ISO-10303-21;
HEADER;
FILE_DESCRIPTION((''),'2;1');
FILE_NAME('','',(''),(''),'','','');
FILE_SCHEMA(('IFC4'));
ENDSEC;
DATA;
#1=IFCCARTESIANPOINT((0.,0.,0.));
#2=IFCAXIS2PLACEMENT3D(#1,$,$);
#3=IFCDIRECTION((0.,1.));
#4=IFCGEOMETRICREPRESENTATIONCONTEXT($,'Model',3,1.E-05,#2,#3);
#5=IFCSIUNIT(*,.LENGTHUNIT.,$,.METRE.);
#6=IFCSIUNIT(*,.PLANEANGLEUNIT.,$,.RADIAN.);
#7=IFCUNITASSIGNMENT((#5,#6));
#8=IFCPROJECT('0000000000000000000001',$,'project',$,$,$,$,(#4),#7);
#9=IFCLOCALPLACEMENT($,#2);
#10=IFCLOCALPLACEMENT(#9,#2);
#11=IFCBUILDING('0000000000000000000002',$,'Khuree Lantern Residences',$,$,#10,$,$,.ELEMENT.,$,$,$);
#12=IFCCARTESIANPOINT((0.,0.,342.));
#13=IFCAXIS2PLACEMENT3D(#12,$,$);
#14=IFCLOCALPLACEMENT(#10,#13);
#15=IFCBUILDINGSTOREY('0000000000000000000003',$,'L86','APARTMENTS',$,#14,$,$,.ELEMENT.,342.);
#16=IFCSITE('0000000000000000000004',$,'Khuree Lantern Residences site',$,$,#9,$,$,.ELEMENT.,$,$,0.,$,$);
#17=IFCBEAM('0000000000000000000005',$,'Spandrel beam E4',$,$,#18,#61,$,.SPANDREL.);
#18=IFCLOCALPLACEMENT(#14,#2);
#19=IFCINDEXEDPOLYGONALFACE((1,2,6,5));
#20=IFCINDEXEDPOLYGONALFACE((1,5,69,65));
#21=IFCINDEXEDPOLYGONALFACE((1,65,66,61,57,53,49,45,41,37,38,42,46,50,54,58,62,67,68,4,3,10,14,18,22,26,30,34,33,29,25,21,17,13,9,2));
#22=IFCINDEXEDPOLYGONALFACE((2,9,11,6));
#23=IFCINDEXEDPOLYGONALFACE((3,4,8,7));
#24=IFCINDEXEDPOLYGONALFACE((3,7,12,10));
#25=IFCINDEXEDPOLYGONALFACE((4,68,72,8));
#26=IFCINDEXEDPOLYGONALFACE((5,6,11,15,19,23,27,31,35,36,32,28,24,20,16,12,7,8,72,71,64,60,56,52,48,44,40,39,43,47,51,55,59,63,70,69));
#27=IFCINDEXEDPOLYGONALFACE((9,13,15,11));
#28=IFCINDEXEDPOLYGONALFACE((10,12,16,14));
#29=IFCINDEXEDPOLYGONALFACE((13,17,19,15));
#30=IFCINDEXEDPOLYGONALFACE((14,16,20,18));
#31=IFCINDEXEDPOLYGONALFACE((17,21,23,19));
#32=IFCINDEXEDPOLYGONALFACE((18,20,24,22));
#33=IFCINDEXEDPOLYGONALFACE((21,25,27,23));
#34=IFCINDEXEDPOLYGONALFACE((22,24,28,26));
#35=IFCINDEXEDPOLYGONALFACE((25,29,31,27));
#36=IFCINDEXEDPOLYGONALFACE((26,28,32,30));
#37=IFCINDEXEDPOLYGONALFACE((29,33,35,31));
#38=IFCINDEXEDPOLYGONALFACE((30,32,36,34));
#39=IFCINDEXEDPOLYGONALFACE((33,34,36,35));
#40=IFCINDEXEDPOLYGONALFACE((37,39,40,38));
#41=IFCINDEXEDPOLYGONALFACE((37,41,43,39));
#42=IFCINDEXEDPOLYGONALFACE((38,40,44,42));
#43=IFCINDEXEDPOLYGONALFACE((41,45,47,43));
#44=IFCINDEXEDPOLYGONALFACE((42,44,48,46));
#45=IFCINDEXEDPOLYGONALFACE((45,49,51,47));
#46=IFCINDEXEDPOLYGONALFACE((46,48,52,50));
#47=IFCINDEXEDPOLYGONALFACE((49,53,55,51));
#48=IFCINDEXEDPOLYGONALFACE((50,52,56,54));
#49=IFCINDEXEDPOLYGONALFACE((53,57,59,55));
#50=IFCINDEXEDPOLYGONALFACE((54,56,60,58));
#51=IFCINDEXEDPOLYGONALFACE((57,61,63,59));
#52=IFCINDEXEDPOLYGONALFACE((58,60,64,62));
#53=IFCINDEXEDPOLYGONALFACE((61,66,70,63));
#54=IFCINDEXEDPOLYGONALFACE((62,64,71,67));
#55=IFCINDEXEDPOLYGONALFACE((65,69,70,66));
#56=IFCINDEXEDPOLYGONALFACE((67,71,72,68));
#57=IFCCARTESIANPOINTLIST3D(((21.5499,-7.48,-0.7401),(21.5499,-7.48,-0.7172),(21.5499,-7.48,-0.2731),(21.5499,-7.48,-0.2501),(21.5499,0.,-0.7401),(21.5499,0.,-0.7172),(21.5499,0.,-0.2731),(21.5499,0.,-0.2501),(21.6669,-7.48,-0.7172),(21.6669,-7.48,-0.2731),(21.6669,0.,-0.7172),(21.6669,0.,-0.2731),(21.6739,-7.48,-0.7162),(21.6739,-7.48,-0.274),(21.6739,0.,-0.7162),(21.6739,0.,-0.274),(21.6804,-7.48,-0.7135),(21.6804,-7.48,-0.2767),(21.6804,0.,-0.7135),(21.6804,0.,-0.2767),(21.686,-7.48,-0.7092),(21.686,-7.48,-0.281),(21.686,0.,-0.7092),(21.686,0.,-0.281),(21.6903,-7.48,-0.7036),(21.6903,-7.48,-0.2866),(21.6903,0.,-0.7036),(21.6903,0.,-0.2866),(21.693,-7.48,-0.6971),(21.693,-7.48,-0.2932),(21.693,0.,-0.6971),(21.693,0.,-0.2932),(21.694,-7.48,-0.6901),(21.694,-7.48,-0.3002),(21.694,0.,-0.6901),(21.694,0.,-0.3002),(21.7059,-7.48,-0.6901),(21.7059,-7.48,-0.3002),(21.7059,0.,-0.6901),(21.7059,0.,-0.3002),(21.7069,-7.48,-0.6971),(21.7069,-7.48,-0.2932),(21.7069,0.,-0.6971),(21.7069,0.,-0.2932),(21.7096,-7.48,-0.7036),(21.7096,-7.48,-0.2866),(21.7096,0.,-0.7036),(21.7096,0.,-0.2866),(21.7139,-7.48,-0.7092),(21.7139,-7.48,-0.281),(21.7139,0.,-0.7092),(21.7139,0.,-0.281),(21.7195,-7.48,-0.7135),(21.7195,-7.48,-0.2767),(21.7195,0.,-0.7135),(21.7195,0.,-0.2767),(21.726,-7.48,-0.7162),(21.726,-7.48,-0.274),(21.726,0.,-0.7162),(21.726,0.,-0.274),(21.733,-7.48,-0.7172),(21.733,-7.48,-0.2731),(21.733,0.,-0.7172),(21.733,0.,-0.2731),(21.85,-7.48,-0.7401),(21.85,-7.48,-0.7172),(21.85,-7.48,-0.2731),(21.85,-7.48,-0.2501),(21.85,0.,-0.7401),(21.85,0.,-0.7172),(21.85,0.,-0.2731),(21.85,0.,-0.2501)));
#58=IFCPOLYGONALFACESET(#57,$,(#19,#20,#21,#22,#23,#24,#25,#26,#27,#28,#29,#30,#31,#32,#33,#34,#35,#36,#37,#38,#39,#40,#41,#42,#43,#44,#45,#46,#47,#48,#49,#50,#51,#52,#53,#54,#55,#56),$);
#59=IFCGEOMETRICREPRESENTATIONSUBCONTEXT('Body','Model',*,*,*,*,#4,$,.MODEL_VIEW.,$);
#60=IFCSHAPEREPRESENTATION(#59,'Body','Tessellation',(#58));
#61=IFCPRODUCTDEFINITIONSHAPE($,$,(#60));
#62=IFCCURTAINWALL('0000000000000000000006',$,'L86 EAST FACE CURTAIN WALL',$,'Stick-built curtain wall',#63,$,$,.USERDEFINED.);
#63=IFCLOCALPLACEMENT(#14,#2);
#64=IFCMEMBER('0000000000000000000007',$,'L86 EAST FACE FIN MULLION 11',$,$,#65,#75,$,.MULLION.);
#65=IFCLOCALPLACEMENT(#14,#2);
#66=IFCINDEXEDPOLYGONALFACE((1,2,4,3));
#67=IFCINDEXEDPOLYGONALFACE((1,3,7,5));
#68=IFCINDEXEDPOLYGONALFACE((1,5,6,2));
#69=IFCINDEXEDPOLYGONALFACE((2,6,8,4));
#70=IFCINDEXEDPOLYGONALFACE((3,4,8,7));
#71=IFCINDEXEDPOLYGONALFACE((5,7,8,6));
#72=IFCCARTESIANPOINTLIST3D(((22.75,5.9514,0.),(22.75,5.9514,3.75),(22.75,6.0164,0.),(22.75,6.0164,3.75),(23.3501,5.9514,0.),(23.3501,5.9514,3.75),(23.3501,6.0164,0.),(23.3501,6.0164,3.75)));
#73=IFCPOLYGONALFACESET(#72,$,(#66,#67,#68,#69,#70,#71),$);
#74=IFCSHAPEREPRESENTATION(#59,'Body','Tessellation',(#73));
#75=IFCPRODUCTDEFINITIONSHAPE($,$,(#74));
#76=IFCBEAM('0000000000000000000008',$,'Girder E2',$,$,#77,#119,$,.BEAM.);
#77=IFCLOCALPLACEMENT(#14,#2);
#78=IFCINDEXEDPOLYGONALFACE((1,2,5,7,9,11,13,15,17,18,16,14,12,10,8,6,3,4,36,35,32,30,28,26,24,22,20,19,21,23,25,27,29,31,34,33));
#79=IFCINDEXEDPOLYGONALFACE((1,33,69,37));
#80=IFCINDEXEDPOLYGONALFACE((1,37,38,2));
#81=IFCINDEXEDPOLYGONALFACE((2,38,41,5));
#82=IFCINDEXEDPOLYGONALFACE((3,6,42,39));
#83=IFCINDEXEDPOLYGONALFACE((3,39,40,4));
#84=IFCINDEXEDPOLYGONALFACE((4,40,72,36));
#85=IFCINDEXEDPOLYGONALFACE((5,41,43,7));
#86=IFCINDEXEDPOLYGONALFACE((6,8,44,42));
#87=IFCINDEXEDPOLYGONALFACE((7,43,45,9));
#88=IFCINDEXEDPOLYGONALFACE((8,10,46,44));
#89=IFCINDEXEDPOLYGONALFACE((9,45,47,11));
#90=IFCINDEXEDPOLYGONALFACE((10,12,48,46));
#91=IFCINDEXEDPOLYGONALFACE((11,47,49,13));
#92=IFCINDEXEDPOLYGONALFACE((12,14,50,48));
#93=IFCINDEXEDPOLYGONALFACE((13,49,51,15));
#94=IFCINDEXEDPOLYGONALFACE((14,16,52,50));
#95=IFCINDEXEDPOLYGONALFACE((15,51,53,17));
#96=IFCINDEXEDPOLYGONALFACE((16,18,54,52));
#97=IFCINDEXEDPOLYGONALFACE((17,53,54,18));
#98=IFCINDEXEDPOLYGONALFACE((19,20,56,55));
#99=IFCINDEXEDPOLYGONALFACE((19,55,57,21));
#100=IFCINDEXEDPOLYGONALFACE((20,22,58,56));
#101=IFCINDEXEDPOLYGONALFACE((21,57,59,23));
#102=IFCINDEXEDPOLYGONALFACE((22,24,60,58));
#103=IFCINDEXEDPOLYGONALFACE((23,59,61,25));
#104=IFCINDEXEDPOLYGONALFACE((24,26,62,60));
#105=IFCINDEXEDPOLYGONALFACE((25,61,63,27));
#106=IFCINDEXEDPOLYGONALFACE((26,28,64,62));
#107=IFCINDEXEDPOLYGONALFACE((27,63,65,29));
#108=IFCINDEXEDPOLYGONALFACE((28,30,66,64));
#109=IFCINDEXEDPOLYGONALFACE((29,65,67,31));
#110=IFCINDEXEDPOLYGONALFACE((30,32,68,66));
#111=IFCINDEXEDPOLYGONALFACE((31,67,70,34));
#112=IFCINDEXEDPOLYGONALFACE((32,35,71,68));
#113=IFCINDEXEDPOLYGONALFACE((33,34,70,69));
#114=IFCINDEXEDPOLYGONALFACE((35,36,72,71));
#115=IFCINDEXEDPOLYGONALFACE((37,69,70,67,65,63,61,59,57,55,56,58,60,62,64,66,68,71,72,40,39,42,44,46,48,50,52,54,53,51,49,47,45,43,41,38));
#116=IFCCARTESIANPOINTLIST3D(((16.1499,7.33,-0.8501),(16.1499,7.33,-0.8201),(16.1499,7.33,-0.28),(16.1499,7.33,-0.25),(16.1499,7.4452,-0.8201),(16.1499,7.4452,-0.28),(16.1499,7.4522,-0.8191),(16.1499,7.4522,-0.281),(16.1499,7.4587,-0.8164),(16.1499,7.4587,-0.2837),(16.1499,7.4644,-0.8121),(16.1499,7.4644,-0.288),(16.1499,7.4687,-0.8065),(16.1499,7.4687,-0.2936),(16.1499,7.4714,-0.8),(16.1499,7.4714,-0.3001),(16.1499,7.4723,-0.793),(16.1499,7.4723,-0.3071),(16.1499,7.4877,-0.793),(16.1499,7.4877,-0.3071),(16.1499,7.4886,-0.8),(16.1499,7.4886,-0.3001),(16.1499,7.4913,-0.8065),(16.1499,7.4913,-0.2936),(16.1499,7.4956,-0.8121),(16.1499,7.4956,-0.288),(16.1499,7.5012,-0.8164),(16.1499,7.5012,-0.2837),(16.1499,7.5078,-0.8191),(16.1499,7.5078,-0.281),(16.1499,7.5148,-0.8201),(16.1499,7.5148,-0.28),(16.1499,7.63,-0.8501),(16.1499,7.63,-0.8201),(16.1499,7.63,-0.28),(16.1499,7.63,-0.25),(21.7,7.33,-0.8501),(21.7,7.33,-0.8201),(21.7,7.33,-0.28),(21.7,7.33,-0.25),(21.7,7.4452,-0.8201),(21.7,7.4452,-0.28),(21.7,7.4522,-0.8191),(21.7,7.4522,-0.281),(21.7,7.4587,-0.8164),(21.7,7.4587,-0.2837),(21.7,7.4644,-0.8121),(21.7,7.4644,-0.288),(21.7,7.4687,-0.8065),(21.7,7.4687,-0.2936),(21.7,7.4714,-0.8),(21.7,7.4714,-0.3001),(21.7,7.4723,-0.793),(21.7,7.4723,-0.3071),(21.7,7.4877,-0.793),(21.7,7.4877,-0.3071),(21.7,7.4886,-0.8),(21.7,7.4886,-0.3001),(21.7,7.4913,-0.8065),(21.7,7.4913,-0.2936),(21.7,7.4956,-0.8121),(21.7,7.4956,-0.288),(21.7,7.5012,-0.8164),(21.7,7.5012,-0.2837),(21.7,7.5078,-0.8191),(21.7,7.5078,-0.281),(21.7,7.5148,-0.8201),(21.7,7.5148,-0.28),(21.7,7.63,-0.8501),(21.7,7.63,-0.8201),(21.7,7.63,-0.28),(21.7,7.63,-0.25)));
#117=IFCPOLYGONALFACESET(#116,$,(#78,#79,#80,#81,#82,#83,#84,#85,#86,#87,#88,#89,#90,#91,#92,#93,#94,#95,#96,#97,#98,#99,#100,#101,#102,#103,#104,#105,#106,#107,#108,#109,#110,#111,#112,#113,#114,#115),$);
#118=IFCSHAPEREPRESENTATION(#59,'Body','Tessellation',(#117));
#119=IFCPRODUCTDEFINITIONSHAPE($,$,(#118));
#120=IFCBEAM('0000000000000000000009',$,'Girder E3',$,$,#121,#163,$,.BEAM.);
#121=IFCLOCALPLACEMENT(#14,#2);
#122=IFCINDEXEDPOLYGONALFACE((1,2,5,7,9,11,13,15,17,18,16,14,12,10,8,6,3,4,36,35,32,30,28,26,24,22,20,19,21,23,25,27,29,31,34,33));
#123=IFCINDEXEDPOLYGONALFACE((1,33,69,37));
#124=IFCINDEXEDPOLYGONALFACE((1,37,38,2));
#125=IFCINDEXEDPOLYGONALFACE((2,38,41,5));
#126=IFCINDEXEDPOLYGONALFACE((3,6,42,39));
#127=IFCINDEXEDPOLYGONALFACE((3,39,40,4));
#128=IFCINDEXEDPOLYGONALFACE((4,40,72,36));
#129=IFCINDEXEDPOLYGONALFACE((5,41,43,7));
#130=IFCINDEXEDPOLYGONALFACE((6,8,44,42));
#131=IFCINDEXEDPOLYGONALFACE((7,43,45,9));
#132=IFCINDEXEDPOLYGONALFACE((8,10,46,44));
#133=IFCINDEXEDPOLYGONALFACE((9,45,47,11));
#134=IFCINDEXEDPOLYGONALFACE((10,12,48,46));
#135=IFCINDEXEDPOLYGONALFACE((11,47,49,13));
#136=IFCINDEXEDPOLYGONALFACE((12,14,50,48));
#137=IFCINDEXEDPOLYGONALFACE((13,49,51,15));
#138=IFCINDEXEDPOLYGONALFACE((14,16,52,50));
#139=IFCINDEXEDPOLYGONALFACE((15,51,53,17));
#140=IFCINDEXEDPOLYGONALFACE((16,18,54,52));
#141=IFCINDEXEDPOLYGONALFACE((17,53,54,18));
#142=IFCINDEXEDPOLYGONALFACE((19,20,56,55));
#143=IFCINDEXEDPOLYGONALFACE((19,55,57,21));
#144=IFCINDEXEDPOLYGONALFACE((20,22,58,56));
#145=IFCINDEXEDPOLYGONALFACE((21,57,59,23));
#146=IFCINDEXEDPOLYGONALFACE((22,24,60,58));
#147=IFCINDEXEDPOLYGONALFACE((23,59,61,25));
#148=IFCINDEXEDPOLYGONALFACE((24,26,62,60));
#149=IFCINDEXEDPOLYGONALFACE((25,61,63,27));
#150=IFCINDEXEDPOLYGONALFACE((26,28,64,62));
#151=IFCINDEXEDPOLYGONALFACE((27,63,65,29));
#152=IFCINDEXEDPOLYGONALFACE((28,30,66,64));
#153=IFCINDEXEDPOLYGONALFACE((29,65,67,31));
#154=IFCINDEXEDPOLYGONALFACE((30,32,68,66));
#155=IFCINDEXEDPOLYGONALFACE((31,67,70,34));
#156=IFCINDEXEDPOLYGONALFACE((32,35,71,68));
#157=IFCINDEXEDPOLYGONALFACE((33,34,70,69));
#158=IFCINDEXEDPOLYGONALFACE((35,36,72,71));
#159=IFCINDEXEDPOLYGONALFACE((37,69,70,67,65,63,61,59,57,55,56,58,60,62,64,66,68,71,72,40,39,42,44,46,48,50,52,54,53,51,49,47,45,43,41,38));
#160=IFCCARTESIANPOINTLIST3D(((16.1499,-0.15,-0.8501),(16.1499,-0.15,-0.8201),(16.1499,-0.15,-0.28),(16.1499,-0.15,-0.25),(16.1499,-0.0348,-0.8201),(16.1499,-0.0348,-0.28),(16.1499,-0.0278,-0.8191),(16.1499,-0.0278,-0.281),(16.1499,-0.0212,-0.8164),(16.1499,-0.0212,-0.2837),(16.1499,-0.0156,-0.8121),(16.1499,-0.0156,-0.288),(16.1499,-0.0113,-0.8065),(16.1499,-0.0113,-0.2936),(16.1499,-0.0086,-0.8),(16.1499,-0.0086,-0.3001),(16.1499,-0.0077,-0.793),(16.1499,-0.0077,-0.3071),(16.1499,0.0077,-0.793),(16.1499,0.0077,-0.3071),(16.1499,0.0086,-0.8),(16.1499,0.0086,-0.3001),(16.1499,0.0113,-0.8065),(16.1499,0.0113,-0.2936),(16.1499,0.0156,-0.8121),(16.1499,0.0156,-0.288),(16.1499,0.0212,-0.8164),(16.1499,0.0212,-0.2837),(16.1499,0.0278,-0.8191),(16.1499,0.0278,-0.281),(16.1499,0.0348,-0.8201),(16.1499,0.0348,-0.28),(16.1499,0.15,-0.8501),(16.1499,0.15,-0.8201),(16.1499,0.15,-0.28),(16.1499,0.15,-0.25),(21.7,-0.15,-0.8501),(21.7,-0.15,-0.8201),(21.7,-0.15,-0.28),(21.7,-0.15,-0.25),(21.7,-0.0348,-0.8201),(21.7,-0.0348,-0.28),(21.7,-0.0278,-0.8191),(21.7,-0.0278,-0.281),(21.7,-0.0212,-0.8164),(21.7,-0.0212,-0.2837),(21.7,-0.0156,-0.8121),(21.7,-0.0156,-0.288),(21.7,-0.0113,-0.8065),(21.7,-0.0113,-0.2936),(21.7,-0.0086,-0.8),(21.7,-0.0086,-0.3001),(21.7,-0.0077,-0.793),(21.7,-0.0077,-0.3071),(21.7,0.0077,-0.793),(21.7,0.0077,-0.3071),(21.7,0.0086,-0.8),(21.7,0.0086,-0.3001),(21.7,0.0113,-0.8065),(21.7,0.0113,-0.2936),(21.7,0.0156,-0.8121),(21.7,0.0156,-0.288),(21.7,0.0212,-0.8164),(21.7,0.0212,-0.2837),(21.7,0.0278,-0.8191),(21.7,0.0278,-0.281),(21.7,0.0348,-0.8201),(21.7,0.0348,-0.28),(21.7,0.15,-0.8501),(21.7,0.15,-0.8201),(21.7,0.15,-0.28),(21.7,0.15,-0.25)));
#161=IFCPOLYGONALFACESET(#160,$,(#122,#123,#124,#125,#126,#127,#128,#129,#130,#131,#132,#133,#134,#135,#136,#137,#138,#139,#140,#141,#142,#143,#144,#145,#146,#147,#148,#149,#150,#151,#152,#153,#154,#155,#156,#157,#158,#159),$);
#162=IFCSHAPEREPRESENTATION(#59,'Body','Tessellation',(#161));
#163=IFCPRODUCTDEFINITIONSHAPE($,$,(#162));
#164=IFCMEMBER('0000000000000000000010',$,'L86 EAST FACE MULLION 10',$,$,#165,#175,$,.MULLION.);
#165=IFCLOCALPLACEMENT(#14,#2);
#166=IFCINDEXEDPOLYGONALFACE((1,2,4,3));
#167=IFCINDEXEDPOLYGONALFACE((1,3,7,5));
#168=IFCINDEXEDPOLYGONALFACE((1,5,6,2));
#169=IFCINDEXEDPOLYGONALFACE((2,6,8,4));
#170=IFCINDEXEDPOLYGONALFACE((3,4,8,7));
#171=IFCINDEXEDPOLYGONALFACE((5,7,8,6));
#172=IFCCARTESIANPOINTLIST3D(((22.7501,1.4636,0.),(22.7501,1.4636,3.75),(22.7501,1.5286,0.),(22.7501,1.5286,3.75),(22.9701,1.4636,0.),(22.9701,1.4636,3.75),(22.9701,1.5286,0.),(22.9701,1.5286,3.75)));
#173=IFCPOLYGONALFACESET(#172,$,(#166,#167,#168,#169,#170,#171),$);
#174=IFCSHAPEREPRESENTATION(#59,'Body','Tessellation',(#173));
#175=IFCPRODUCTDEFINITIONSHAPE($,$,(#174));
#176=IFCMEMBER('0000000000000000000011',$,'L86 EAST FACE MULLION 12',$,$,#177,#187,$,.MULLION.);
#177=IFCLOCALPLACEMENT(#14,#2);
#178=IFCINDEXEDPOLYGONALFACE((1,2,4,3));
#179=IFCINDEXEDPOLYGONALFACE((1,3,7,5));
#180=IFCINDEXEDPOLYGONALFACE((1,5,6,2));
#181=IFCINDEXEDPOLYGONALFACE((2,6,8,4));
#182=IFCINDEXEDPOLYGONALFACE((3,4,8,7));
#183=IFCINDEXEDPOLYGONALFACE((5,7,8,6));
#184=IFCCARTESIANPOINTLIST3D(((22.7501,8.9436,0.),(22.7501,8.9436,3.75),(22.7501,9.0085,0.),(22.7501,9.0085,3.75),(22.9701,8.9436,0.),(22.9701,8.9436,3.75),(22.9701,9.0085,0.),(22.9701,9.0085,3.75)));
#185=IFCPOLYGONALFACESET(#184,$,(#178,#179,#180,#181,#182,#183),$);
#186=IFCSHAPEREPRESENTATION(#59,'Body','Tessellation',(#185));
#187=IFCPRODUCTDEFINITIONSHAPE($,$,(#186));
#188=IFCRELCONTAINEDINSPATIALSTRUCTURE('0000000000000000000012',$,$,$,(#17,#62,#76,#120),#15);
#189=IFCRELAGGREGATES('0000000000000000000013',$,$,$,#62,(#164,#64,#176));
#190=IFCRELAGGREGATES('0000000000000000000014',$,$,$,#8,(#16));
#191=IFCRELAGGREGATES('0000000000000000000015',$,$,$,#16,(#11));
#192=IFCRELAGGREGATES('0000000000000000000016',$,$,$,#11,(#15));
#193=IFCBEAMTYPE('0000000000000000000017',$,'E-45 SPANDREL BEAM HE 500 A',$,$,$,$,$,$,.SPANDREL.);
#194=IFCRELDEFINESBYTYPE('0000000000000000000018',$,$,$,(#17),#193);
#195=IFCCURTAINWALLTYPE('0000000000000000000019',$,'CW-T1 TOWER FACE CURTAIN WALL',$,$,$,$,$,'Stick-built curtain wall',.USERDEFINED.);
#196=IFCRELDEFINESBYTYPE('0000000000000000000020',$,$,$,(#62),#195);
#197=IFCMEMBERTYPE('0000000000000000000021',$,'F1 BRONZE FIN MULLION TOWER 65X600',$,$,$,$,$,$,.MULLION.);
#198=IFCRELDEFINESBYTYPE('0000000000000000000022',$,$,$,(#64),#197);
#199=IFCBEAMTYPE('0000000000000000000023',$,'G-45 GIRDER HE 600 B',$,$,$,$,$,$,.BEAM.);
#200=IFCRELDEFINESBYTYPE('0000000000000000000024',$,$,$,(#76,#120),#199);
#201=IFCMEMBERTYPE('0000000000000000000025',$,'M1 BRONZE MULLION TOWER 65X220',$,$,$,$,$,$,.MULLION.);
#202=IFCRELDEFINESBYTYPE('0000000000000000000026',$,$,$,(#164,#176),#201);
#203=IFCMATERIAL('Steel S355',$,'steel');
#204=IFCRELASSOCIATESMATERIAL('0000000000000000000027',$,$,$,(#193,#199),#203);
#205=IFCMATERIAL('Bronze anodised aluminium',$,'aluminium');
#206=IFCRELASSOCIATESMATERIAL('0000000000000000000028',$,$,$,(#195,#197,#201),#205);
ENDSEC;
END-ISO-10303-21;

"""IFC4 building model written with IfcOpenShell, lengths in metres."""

from ifc_helpers import new_model, si_unit, direction, frame, origin, origin_2d, place, context, subcontext, project, spatial, rectangle, i_section, extrude, material, material_profile, profile_set, type_object, element, aggregate, save


model = new_model("IFC4")

# Units and contexts
model_context = context("Model", 3, precision=1e-05, world=origin(), true_north=direction((0.0, 1.0)))
body_context = subcontext(model_context, "Body", "Model", "MODEL_VIEW")
ifc_project = project(units=[si_unit("LENGTHUNIT", "METRE"), si_unit("PLANEANGLEUNIT", "RADIAN")], contexts=[model_context])

# Site, building, storey
site_placement = place(None, origin())
site = spatial("IfcSite", under=ifc_project, at=site_placement, Name="Khuree Lantern Residences site", CompositionType="ELEMENT", RefElevation=0.0)
building_placement = place(site_placement, origin())
building = spatial("IfcBuilding", under=site, at=building_placement, Name="Khuree Lantern Residences", CompositionType="ELEMENT")
storey_placement = place(building_placement, frame((0.0, 0.0, 342.0)))
storey = spatial("IfcBuildingStorey", under=building, at=storey_placement, Name="L86", Description="APARTMENTS", CompositionType="ELEMENT", Elevation=342.0)

# Beam
ifc_material_1 = material(Name="Steel S355", Category="steel")
ifc_material_profile_1 = material_profile(ifc_material_1, i_section(OverallWidth=0.3, OverallDepth=0.49, WebThickness=0.012, FlangeThickness=0.0229, FilletRadius=0.0271, at=origin_2d()), Name="HE 500 A")
ifc_profile_set_1 = profile_set([ifc_material_profile_1], Name="Steel S355")
beam_type_1 = type_object("IfcBeamType", Name="E-45 SPANDREL BEAM HE 500 A", PredefinedType="SPANDREL", material=ifc_profile_set_1)
for number, where, z_axis, x_axis, name in (
    (1, (21.7, 0.0, -0.4951), (0.0, -1.0, 0.0), (1.0, 0.0, 0.0), "Spandrel beam E4"),
):
    element("IfcBeam", number, at=place(storey_placement, frame(where, z_axis=z_axis, x_axis=x_axis)), inside=storey, type_object=beam_type_1, Name=name, PredefinedType="SPANDREL", context=body_context, shape_type="SweptSolid", body=[
        extrude(i_section(OverallWidth=0.3, OverallDepth=0.49, WebThickness=0.012, FlangeThickness=0.0229, FilletRadius=0.0271, at=origin_2d()), origin(), (0.0, 0.0, 1.0), 7.48),
    ])

# Curtain wall, member
ifc_material_2 = material(Name="Bronze anodised aluminium", Category="aluminium")
curtain_wall_type = type_object("IfcCurtainWallType", Name="CW-T1 TOWER FACE CURTAIN WALL", ElementType="Stick-built curtain wall", PredefinedType="USERDEFINED", material=ifc_material_2)
curtain_wall_placement = place(storey_placement, origin())
curtain_wall = element("IfcCurtainWall", 2, at=curtain_wall_placement, inside=storey, type_object=curtain_wall_type, Name="L86 EAST FACE CURTAIN WALL", ObjectType="Stick-built curtain wall", PredefinedType="USERDEFINED")
ifc_material_profile_2 = material_profile(ifc_material_2, rectangle(XDim=0.0649, YDim=0.6001, at=origin_2d()), Name="F1 65X600")
ifc_profile_set_2 = profile_set([ifc_material_profile_2], Name="Bronze anodised aluminium")
member_type_1 = type_object("IfcMemberType", Name="F1 BRONZE FIN MULLION TOWER 65X600", PredefinedType="MULLION", material=ifc_profile_set_2)
member_1_placement = place(storey_placement, frame((23.05, 5.9839, 0.0), z_axis=(0.0, 0.0, 1.0), x_axis=(0.0, 1.0, 0.0)))
member_1 = element("IfcMember", 3, at=member_1_placement, type_object=member_type_1, Name="L86 EAST FACE FIN MULLION 11", PredefinedType="MULLION", context=body_context, shape_type="SweptSolid", body=[
    extrude(rectangle(XDim=0.0649, YDim=0.6001, at=origin_2d()), origin(), (0.0, 0.0, 1.0), 3.75),
])

# Beams
ifc_material_profile_3 = material_profile(ifc_material_1, i_section(OverallWidth=0.3, OverallDepth=0.6001, WebThickness=0.0154, FlangeThickness=0.03, FilletRadius=0.0271, at=origin_2d()), Name="HE 600 B")
ifc_profile_set_3 = profile_set([ifc_material_profile_3], Name="Steel S355")
beam_type_2 = type_object("IfcBeamType", Name="G-45 GIRDER HE 600 B", PredefinedType="BEAM", material=ifc_profile_set_3)
for number, where, z_axis, x_axis, name in (
    (4, (21.7, 7.48, -0.55), (-1.0, 0.0, 0.0), (0.0, -1.0, 0.0), "Girder E2"),
    (5, (21.7, 0.0, -0.55), (-1.0, 0.0, 0.0), (0.0, -1.0, 0.0), "Girder E3"),
):
    element("IfcBeam", number, at=place(storey_placement, frame(where, z_axis=z_axis, x_axis=x_axis)), inside=storey, type_object=beam_type_2, Name=name, PredefinedType="BEAM", context=body_context, shape_type="SweptSolid", body=[
        extrude(i_section(OverallWidth=0.3, OverallDepth=0.6001, WebThickness=0.0154, FlangeThickness=0.03, FilletRadius=0.0271, at=origin_2d()), origin(), (0.0, 0.0, 1.0), 5.55),
    ])

# Members
ifc_material_profile_4 = material_profile(ifc_material_2, rectangle(XDim=0.0649, YDim=0.22, at=origin_2d()), Name="M1 65X220")
ifc_profile_set_4 = profile_set([ifc_material_profile_4], Name="Bronze anodised aluminium")
member_type_2 = type_object("IfcMemberType", Name="M1 BRONZE MULLION TOWER 65X220", PredefinedType="MULLION", material=ifc_profile_set_4)
member_2_placement = place(storey_placement, frame((22.8601, 1.4961, 0.0), z_axis=(0.0, 0.0, 1.0), x_axis=(0.0, 1.0, 0.0)))
member_2 = element("IfcMember", 6, at=member_2_placement, type_object=member_type_2, Name="L86 EAST FACE MULLION 10", PredefinedType="MULLION", context=body_context, shape_type="SweptSolid", body=[
    extrude(rectangle(XDim=0.0649, YDim=0.22, at=origin_2d()), origin(), (0.0, 0.0, 1.0), 3.75),
])
member_3_placement = place(storey_placement, frame((22.8601, 8.9761, 0.0), z_axis=(0.0, 0.0, 1.0), x_axis=(0.0, 1.0, 0.0)))
member_3 = element("IfcMember", 7, at=member_3_placement, type_object=member_type_2, Name="L86 EAST FACE MULLION 12", PredefinedType="MULLION", context=body_context, shape_type="SweptSolid", body=[
    extrude(rectangle(XDim=0.0649, YDim=0.22, at=origin_2d()), origin(), (0.0, 0.0, 1.0), 3.75),
])

aggregate(curtain_wall, [member_2, member_1, member_3])

save(model, "model.ifc")
